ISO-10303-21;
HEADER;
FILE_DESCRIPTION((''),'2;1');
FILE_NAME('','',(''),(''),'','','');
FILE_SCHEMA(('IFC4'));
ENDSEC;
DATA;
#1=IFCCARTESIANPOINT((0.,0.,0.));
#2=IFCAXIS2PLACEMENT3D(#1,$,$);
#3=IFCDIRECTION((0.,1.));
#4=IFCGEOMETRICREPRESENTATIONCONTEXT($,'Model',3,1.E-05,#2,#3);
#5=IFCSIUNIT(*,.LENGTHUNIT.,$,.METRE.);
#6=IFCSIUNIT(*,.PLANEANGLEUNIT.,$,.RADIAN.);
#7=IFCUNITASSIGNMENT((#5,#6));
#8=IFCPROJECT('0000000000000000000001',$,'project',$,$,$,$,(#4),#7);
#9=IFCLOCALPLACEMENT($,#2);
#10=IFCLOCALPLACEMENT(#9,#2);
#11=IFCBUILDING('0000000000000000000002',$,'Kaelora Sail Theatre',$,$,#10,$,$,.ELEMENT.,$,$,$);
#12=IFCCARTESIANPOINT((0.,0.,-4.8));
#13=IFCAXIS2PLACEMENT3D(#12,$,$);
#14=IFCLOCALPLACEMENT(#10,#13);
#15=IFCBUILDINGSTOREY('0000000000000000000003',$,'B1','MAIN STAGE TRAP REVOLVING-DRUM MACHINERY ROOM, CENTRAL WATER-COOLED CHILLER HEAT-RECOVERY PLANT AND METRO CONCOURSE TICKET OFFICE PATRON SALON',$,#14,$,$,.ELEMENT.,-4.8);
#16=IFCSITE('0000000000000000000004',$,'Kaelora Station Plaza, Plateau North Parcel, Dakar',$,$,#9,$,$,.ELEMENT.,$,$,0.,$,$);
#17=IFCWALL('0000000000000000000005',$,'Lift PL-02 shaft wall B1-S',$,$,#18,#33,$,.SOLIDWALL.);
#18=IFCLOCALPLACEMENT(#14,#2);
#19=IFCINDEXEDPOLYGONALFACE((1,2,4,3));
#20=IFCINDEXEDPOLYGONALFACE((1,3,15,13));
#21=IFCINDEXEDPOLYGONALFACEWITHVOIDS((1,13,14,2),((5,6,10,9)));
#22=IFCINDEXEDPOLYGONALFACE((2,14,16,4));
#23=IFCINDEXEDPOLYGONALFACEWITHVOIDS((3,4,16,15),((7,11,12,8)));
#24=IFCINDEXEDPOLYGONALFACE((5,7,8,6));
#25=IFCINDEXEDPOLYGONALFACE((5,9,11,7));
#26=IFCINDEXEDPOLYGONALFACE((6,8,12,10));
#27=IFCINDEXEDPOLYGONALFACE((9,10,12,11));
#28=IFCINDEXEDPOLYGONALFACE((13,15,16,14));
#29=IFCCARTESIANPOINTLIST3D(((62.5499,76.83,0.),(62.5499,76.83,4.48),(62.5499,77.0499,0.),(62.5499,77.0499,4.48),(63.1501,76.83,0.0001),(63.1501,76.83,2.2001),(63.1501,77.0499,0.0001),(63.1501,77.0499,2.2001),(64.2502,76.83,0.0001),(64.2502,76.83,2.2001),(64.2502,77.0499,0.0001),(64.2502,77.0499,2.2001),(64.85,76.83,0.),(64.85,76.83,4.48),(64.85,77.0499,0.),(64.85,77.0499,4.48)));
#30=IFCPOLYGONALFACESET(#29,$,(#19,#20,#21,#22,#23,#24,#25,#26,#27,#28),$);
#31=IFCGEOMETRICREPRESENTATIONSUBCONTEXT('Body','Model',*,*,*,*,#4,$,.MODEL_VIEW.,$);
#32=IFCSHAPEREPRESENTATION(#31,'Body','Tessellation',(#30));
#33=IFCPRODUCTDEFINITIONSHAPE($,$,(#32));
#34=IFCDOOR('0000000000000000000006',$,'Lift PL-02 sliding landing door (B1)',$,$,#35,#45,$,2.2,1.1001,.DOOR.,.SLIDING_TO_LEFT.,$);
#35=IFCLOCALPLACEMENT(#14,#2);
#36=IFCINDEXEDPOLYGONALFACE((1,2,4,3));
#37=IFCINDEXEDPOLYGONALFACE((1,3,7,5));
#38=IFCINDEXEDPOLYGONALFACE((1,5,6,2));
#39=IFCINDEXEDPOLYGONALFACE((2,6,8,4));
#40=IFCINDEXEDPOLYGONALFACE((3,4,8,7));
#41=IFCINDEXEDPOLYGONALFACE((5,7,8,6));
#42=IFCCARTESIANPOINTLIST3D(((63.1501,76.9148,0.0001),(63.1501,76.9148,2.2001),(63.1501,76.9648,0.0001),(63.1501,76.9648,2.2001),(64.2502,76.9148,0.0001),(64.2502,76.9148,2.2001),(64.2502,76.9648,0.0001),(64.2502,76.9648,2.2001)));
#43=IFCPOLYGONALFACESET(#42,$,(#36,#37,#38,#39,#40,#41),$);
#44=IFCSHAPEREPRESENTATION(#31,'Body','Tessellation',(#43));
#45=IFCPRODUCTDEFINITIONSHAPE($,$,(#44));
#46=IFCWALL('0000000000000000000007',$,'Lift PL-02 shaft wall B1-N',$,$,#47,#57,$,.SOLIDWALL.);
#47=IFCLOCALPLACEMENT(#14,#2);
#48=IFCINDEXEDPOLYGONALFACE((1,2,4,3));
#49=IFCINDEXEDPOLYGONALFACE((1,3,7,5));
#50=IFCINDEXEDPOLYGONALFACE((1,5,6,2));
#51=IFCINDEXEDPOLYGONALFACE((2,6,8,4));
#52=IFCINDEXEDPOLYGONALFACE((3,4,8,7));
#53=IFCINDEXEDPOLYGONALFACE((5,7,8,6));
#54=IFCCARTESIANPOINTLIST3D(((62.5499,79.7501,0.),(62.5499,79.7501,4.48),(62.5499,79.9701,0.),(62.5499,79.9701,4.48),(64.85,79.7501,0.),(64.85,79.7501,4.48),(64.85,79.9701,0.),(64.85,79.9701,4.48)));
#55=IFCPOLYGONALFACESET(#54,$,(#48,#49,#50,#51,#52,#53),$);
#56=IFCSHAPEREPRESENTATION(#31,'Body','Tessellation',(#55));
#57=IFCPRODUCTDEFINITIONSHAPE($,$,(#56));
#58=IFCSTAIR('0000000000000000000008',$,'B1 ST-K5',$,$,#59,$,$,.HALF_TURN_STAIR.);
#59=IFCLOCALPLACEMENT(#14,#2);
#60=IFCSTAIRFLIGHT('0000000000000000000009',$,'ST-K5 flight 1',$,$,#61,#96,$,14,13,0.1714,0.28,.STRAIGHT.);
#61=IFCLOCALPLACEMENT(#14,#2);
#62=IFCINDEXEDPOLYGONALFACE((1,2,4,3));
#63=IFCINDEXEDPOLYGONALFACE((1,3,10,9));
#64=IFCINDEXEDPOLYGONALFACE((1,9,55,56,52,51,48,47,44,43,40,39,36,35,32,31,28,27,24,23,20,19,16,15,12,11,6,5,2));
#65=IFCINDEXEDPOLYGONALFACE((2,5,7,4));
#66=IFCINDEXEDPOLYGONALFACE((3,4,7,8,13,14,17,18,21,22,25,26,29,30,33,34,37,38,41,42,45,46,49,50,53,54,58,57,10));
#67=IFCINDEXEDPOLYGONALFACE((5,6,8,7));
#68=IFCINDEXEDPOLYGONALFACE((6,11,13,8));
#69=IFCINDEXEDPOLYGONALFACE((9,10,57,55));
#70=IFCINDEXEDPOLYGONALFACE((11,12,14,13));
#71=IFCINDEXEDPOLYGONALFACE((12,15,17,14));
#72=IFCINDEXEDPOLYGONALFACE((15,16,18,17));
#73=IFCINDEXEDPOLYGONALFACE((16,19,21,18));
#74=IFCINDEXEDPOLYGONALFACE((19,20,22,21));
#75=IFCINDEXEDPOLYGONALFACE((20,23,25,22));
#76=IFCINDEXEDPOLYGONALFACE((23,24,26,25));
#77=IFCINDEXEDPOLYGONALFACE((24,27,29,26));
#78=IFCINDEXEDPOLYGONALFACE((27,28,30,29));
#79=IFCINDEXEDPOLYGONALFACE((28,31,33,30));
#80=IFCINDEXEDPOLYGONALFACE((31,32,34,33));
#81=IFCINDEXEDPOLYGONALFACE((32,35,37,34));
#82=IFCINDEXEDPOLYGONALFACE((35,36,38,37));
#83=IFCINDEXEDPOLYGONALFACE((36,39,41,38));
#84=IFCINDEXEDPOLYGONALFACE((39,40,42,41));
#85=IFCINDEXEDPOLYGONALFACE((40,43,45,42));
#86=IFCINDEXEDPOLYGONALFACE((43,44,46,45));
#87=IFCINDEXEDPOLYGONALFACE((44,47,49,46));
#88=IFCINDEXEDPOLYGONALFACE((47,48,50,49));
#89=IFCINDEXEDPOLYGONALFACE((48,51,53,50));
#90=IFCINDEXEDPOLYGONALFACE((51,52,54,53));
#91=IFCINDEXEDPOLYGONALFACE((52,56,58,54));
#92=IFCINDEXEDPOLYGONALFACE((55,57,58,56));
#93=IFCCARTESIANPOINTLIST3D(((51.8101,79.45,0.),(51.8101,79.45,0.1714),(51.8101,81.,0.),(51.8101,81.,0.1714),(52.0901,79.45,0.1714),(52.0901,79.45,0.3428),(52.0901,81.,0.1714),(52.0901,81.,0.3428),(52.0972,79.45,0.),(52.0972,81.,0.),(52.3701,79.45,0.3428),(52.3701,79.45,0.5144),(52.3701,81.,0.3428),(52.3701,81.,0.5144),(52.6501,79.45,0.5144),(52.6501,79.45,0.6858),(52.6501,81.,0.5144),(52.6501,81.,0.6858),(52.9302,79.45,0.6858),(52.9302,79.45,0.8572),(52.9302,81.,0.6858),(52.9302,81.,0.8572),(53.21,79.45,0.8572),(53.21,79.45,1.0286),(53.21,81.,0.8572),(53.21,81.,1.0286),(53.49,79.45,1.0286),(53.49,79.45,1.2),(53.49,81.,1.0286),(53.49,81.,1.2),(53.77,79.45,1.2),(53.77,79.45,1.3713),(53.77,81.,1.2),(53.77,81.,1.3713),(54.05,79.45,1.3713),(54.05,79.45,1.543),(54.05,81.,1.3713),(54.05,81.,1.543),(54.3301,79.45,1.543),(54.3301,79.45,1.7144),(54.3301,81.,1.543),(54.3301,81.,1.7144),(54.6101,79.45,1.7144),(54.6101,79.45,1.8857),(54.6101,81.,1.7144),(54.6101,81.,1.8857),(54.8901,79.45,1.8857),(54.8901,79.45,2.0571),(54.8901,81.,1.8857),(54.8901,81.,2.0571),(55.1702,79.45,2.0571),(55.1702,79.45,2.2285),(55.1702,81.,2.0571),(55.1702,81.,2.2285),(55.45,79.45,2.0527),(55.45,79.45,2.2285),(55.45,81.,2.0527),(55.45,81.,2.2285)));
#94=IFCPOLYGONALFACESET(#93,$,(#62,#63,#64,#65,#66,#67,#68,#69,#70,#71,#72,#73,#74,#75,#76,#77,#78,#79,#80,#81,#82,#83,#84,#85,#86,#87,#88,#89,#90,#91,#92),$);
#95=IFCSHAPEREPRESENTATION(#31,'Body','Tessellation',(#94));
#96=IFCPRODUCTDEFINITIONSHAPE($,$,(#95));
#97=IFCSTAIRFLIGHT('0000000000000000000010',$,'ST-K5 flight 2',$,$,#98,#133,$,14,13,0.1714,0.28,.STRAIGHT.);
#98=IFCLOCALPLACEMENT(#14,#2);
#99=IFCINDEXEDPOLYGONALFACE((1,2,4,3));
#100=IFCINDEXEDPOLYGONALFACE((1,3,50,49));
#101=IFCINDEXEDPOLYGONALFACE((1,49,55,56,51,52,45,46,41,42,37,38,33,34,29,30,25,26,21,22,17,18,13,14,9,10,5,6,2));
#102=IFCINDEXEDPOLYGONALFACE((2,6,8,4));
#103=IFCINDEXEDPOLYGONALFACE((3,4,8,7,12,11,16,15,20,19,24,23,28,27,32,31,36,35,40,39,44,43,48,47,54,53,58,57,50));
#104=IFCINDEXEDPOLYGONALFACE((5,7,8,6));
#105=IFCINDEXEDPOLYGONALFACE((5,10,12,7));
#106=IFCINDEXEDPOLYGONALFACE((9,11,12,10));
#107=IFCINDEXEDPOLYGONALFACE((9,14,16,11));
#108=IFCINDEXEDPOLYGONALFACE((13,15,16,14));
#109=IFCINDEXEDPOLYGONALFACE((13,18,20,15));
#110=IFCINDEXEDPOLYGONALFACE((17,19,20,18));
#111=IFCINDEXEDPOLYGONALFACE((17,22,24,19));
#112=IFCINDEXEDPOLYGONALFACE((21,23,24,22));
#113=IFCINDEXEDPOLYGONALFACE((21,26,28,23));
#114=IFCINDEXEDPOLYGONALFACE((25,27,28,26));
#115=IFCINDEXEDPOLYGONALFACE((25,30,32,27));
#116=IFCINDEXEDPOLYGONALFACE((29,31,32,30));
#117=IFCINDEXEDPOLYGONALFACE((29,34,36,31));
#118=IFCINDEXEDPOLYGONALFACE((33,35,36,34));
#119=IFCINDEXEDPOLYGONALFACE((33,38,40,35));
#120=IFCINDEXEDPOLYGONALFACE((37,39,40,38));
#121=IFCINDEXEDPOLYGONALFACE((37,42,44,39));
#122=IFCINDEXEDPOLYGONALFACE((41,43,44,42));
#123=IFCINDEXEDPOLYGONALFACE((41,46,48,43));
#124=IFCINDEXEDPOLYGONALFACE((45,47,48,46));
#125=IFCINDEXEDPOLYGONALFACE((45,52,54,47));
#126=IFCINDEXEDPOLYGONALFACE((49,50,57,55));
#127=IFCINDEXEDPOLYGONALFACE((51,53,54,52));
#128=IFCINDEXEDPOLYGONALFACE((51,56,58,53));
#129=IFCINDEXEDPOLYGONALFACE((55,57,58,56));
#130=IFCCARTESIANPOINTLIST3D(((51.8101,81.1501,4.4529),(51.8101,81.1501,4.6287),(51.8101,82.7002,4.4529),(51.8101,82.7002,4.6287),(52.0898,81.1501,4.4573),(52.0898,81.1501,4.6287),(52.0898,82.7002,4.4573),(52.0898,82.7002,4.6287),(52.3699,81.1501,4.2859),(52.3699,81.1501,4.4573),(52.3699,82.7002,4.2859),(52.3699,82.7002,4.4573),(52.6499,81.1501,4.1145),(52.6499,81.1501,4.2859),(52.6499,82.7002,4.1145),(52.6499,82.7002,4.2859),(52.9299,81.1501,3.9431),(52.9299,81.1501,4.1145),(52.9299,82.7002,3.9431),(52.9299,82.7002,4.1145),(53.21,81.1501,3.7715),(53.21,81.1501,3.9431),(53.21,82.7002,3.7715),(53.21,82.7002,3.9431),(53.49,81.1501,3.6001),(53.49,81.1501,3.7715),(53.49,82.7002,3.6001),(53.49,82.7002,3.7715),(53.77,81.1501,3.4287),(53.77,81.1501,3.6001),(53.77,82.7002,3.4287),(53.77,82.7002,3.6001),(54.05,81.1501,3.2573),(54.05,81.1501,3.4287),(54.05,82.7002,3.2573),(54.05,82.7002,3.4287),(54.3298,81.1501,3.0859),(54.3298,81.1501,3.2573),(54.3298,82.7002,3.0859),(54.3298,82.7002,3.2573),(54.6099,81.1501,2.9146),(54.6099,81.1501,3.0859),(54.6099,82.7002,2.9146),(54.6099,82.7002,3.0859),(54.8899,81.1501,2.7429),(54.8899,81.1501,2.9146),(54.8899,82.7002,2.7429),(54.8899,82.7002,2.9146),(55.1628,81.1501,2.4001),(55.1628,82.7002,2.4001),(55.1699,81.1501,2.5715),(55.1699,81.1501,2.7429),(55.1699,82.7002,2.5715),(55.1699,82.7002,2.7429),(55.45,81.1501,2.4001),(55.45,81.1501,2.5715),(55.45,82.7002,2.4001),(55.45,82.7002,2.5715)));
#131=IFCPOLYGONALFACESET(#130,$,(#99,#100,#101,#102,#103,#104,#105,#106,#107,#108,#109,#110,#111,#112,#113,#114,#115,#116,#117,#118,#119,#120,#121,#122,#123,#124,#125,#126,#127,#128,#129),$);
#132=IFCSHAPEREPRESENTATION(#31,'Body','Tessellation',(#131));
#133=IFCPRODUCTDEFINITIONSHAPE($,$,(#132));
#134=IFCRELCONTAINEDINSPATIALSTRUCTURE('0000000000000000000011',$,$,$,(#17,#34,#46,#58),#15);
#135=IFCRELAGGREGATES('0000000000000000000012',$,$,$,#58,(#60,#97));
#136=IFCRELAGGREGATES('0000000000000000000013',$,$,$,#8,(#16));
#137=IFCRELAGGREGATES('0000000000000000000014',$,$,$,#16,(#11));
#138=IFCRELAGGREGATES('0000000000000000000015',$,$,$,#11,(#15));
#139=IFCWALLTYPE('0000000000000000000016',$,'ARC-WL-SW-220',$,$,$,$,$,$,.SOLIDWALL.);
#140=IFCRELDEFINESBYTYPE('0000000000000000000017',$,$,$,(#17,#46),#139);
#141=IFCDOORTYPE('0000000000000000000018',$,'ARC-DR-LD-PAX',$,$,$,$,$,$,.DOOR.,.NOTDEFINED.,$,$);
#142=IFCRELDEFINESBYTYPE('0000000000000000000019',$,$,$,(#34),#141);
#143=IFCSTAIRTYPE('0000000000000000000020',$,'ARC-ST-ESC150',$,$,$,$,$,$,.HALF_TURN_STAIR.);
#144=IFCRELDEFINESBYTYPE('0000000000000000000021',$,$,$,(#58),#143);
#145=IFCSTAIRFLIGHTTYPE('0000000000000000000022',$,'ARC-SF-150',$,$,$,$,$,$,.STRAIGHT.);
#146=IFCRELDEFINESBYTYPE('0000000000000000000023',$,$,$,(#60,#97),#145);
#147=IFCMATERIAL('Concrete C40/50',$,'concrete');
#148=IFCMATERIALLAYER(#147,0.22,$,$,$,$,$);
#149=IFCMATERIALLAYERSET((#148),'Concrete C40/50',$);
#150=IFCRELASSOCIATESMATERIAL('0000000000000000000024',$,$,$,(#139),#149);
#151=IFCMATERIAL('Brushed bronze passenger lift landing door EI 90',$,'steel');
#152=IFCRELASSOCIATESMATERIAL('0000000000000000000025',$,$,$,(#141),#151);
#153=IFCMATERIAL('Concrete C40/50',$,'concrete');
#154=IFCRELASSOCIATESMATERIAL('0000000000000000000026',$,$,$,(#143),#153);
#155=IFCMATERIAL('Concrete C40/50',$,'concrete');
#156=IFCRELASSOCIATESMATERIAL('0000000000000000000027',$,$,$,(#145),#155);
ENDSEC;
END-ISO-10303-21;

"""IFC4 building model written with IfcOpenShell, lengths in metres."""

from ifc_helpers import new_model, si_unit, direction, frame, frame_2d, origin, place, context, subcontext, project, spatial, polyline, rectangle, outline, extrude, material, layer, layer_set, type_object, element, fill, aggregate, save


model = new_model("IFC4")

# Units and contexts
model_context = context("Model", 3, precision=1e-05, world=origin(), true_north=direction((0.0, 1.0)))
body_context = subcontext(model_context, "Body", "Model", "MODEL_VIEW")
ifc_project = project(units=[si_unit("LENGTHUNIT", "METRE"), si_unit("PLANEANGLEUNIT", "RADIAN")], contexts=[model_context])

# Site, building, storey
site_placement = place(None, origin())
site = spatial("IfcSite", under=ifc_project, at=site_placement, Name="Kaelora Station Plaza, Plateau North Parcel, Dakar", CompositionType="ELEMENT", RefElevation=0.0)
building_placement = place(site_placement, origin())
building = spatial("IfcBuilding", under=site, at=building_placement, Name="Kaelora Sail Theatre", CompositionType="ELEMENT")
storey_placement = place(building_placement, frame((0.0, 0.0, -4.8)))
storey = spatial("IfcBuildingStorey", under=building, at=storey_placement, Name="B1", Description="MAIN STAGE TRAP REVOLVING-DRUM MACHINERY ROOM, CENTRAL WATER-COOLED CHILLER HEAT-RECOVERY PLANT AND METRO CONCOURSE TICKET OFFICE PATRON SALON", CompositionType="ELEMENT", Elevation=-4.8)

# Shared definitions
ifc_material_1 = material(Name="Concrete C40/50", Category="concrete")
ifc_layer_1 = layer(ifc_material_1, 0.22)
ifc_layer_set_1 = layer_set([ifc_layer_1], Name="Concrete C40/50")
wall_type_1 = type_object("IfcWallType", Name="ARC-WL-SW-220", PredefinedType="SOLIDWALL", material=ifc_layer_set_1)

# Wall, opening, door
wall_1_placement = place(storey_placement, frame((62.55, 76.9399, 0.0), z_axis=(0.0, 0.0, 1.0), x_axis=(1.0, 0.0, 0.0)))
wall_1 = element("IfcWall", 1, at=wall_1_placement, inside=storey, type_object=wall_type_1, Name="Lift PL-02 shaft wall B1-S", PredefinedType="SOLIDWALL", context=body_context, shape_type="SweptSolid", body=[
    extrude(rectangle(XDim=2.3, YDim=0.22, at=frame_2d((1.1499, 0.0))), origin(), (0.0, 0.0, 1.0), 4.48),
])
opening_1_placement = place(wall_1_placement, frame((0.6001, 0.0, 0.0)))
opening_1 = element("IfcOpeningElement", 2, at=opening_1_placement, cuts=wall_1, PredefinedType="OPENING", context=body_context, shape_type="SweptSolid", body=[
    extrude(rectangle(XDim=1.1001, YDim=2.2, at=frame_2d((0.55, 1.1001))), frame((0.0, 0.1199, 0.0), z_axis=(0.0, -1.0, 0.0), x_axis=(1.0, 0.0, 0.0)), (0.0, 0.0, 1.0), 0.24),
])
ifc_material_2 = material(Name="Brushed bronze passenger lift landing door EI 90", Category="steel")
door_type_1 = type_object("IfcDoorType", Name="ARC-DR-LD-PAX", OperationType="NOTDEFINED", PredefinedType="DOOR", material=ifc_material_2)
door_1_placement = place(opening_1_placement, origin())
door_1 = element("IfcDoor", 3, at=door_1_placement, inside=storey, type_object=door_type_1, Name="Lift PL-02 sliding landing door (B1)", OperationType="SLIDING_TO_LEFT", OverallHeight=2.2, OverallWidth=1.1001, PredefinedType="DOOR", context=body_context, shape_type="SweptSolid", body=[
    extrude(rectangle(XDim=1.1001, YDim=2.2, at=frame_2d((0.55, 1.1001))), frame((0.0, 0.0249, 0.0), z_axis=(0.0, -1.0, 0.0), x_axis=(1.0, 0.0, 0.0)), (0.0, 0.0, 1.0), 0.05),
])
fill(opening_1, door_1)

# Wall
wall_2_placement = place(storey_placement, frame((62.55, 79.8601, 0.0), z_axis=(0.0, 0.0, 1.0), x_axis=(1.0, 0.0, 0.0)))
element("IfcWall", 4, at=wall_2_placement, inside=storey, type_object=wall_type_1, Name="Lift PL-02 shaft wall B1-N", PredefinedType="SOLIDWALL", context=body_context, shape_type="SweptSolid", body=[
    extrude(rectangle(XDim=2.3, YDim=0.22, at=frame_2d((1.1499, 0.0))), origin(), (0.0, 0.0, 1.0), 4.48),
])

# Stair, stair flights
ifc_material_3 = material(Name="Concrete C40/50", Category="concrete")
stair_type = type_object("IfcStairType", Name="ARC-ST-ESC150", PredefinedType="HALF_TURN_STAIR", material=ifc_material_3)
stair_placement = place(storey_placement, origin())
stair = element("IfcStair", 5, at=stair_placement, inside=storey, type_object=stair_type, Name="B1 ST-K5", PredefinedType="HALF_TURN_STAIR")
ifc_material_4 = material(Name="Concrete C40/50", Category="concrete")
stair_flight_type = type_object("IfcStairFlightType", Name="ARC-SF-150", PredefinedType="STRAIGHT", material=ifc_material_4)
stair_flight_1_placement = place(storey_placement, frame((51.8101, 80.2251, 0.0), z_axis=(0.0, 0.0, 1.0), x_axis=(1.0, 0.0, 0.0)))
stair_flight_1 = element("IfcStairFlight", 6, at=stair_flight_1_placement, type_object=stair_flight_type, Name="ST-K5 flight 1", NumberOfRisers=14, NumberOfTreads=13, PredefinedType="STRAIGHT", RiserHeight=0.1714, TreadLength=0.28, context=body_context, shape_type="SweptSolid", body=[
    extrude(outline(polyline([(0.0, 0.0), (0.0, 0.1714), (0.28, 0.1714), (0.28, 0.3428), (0.5601, 0.3428), (0.5601, 0.5144), (0.8401, 0.5144), (0.8401, 0.6858), (1.1201, 0.6858), (1.1201, 0.8572), (1.3999, 0.8572), (1.3999, 1.0286), (1.6799, 1.0286), (1.6799, 1.2), (1.96, 1.2), (1.96, 1.3713), (2.24, 1.3713), (2.24, 1.543), (2.52, 1.543), (2.52, 1.7144), (2.8, 1.7144), (2.8, 1.8857), (3.0801, 1.8857), (3.0801, 2.0571), (3.3601, 2.0571), (3.3601, 2.2285), (3.6399, 2.2285), (3.6399, 2.3999), (3.6399, 2.0527), (0.2871, 0.0), (0.0, 0.0)])), frame((0.0, 0.7749, 0.0), z_axis=(0.0, -1.0, 0.0), x_axis=(1.0, 0.0, 0.0)), (0.0, 0.0, 1.0), 1.55),
])
stair_flight_2_placement = place(storey_placement, frame((55.45, 81.925, 2.4001), z_axis=(0.0, 0.0, 1.0), x_axis=(-1.0, 0.0, 0.0)))
stair_flight_2 = element("IfcStairFlight", 7, at=stair_flight_2_placement, type_object=stair_flight_type, Name="ST-K5 flight 2", NumberOfRisers=14, NumberOfTreads=13, PredefinedType="STRAIGHT", RiserHeight=0.1714, TreadLength=0.28, context=body_context, shape_type="SweptSolid", body=[
    extrude(outline(polyline([(0.0, 0.0), (0.0, 0.1714), (0.28, 0.1714), (0.28, 0.3428), (0.5601, 0.3428), (0.5601, 0.5144), (0.8401, 0.5144), (0.8401, 0.6858), (1.1201, 0.6858), (1.1201, 0.8572), (1.3999, 0.8572), (1.3999, 1.0286), (1.6799, 1.0286), (1.6799, 1.2), (1.96, 1.2), (1.96, 1.3713), (2.24, 1.3713), (2.24, 1.543), (2.52, 1.543), (2.52, 1.7144), (2.8, 1.7144), (2.8, 1.8857), (3.0801, 1.8857), (3.0801, 2.0571), (3.3601, 2.0571), (3.3601, 2.2285), (3.6399, 2.2285), (3.6399, 2.3999), (3.6399, 2.0527), (0.2871, 0.0), (0.0, 0.0)])), frame((0.0, 0.7749, 0.0), z_axis=(0.0, -1.0, 0.0), x_axis=(1.0, 0.0, 0.0)), (0.0, 0.0, 1.0), 1.55),
])
aggregate(stair, [stair_flight_1, stair_flight_2])

save(model, "model.ifc")
